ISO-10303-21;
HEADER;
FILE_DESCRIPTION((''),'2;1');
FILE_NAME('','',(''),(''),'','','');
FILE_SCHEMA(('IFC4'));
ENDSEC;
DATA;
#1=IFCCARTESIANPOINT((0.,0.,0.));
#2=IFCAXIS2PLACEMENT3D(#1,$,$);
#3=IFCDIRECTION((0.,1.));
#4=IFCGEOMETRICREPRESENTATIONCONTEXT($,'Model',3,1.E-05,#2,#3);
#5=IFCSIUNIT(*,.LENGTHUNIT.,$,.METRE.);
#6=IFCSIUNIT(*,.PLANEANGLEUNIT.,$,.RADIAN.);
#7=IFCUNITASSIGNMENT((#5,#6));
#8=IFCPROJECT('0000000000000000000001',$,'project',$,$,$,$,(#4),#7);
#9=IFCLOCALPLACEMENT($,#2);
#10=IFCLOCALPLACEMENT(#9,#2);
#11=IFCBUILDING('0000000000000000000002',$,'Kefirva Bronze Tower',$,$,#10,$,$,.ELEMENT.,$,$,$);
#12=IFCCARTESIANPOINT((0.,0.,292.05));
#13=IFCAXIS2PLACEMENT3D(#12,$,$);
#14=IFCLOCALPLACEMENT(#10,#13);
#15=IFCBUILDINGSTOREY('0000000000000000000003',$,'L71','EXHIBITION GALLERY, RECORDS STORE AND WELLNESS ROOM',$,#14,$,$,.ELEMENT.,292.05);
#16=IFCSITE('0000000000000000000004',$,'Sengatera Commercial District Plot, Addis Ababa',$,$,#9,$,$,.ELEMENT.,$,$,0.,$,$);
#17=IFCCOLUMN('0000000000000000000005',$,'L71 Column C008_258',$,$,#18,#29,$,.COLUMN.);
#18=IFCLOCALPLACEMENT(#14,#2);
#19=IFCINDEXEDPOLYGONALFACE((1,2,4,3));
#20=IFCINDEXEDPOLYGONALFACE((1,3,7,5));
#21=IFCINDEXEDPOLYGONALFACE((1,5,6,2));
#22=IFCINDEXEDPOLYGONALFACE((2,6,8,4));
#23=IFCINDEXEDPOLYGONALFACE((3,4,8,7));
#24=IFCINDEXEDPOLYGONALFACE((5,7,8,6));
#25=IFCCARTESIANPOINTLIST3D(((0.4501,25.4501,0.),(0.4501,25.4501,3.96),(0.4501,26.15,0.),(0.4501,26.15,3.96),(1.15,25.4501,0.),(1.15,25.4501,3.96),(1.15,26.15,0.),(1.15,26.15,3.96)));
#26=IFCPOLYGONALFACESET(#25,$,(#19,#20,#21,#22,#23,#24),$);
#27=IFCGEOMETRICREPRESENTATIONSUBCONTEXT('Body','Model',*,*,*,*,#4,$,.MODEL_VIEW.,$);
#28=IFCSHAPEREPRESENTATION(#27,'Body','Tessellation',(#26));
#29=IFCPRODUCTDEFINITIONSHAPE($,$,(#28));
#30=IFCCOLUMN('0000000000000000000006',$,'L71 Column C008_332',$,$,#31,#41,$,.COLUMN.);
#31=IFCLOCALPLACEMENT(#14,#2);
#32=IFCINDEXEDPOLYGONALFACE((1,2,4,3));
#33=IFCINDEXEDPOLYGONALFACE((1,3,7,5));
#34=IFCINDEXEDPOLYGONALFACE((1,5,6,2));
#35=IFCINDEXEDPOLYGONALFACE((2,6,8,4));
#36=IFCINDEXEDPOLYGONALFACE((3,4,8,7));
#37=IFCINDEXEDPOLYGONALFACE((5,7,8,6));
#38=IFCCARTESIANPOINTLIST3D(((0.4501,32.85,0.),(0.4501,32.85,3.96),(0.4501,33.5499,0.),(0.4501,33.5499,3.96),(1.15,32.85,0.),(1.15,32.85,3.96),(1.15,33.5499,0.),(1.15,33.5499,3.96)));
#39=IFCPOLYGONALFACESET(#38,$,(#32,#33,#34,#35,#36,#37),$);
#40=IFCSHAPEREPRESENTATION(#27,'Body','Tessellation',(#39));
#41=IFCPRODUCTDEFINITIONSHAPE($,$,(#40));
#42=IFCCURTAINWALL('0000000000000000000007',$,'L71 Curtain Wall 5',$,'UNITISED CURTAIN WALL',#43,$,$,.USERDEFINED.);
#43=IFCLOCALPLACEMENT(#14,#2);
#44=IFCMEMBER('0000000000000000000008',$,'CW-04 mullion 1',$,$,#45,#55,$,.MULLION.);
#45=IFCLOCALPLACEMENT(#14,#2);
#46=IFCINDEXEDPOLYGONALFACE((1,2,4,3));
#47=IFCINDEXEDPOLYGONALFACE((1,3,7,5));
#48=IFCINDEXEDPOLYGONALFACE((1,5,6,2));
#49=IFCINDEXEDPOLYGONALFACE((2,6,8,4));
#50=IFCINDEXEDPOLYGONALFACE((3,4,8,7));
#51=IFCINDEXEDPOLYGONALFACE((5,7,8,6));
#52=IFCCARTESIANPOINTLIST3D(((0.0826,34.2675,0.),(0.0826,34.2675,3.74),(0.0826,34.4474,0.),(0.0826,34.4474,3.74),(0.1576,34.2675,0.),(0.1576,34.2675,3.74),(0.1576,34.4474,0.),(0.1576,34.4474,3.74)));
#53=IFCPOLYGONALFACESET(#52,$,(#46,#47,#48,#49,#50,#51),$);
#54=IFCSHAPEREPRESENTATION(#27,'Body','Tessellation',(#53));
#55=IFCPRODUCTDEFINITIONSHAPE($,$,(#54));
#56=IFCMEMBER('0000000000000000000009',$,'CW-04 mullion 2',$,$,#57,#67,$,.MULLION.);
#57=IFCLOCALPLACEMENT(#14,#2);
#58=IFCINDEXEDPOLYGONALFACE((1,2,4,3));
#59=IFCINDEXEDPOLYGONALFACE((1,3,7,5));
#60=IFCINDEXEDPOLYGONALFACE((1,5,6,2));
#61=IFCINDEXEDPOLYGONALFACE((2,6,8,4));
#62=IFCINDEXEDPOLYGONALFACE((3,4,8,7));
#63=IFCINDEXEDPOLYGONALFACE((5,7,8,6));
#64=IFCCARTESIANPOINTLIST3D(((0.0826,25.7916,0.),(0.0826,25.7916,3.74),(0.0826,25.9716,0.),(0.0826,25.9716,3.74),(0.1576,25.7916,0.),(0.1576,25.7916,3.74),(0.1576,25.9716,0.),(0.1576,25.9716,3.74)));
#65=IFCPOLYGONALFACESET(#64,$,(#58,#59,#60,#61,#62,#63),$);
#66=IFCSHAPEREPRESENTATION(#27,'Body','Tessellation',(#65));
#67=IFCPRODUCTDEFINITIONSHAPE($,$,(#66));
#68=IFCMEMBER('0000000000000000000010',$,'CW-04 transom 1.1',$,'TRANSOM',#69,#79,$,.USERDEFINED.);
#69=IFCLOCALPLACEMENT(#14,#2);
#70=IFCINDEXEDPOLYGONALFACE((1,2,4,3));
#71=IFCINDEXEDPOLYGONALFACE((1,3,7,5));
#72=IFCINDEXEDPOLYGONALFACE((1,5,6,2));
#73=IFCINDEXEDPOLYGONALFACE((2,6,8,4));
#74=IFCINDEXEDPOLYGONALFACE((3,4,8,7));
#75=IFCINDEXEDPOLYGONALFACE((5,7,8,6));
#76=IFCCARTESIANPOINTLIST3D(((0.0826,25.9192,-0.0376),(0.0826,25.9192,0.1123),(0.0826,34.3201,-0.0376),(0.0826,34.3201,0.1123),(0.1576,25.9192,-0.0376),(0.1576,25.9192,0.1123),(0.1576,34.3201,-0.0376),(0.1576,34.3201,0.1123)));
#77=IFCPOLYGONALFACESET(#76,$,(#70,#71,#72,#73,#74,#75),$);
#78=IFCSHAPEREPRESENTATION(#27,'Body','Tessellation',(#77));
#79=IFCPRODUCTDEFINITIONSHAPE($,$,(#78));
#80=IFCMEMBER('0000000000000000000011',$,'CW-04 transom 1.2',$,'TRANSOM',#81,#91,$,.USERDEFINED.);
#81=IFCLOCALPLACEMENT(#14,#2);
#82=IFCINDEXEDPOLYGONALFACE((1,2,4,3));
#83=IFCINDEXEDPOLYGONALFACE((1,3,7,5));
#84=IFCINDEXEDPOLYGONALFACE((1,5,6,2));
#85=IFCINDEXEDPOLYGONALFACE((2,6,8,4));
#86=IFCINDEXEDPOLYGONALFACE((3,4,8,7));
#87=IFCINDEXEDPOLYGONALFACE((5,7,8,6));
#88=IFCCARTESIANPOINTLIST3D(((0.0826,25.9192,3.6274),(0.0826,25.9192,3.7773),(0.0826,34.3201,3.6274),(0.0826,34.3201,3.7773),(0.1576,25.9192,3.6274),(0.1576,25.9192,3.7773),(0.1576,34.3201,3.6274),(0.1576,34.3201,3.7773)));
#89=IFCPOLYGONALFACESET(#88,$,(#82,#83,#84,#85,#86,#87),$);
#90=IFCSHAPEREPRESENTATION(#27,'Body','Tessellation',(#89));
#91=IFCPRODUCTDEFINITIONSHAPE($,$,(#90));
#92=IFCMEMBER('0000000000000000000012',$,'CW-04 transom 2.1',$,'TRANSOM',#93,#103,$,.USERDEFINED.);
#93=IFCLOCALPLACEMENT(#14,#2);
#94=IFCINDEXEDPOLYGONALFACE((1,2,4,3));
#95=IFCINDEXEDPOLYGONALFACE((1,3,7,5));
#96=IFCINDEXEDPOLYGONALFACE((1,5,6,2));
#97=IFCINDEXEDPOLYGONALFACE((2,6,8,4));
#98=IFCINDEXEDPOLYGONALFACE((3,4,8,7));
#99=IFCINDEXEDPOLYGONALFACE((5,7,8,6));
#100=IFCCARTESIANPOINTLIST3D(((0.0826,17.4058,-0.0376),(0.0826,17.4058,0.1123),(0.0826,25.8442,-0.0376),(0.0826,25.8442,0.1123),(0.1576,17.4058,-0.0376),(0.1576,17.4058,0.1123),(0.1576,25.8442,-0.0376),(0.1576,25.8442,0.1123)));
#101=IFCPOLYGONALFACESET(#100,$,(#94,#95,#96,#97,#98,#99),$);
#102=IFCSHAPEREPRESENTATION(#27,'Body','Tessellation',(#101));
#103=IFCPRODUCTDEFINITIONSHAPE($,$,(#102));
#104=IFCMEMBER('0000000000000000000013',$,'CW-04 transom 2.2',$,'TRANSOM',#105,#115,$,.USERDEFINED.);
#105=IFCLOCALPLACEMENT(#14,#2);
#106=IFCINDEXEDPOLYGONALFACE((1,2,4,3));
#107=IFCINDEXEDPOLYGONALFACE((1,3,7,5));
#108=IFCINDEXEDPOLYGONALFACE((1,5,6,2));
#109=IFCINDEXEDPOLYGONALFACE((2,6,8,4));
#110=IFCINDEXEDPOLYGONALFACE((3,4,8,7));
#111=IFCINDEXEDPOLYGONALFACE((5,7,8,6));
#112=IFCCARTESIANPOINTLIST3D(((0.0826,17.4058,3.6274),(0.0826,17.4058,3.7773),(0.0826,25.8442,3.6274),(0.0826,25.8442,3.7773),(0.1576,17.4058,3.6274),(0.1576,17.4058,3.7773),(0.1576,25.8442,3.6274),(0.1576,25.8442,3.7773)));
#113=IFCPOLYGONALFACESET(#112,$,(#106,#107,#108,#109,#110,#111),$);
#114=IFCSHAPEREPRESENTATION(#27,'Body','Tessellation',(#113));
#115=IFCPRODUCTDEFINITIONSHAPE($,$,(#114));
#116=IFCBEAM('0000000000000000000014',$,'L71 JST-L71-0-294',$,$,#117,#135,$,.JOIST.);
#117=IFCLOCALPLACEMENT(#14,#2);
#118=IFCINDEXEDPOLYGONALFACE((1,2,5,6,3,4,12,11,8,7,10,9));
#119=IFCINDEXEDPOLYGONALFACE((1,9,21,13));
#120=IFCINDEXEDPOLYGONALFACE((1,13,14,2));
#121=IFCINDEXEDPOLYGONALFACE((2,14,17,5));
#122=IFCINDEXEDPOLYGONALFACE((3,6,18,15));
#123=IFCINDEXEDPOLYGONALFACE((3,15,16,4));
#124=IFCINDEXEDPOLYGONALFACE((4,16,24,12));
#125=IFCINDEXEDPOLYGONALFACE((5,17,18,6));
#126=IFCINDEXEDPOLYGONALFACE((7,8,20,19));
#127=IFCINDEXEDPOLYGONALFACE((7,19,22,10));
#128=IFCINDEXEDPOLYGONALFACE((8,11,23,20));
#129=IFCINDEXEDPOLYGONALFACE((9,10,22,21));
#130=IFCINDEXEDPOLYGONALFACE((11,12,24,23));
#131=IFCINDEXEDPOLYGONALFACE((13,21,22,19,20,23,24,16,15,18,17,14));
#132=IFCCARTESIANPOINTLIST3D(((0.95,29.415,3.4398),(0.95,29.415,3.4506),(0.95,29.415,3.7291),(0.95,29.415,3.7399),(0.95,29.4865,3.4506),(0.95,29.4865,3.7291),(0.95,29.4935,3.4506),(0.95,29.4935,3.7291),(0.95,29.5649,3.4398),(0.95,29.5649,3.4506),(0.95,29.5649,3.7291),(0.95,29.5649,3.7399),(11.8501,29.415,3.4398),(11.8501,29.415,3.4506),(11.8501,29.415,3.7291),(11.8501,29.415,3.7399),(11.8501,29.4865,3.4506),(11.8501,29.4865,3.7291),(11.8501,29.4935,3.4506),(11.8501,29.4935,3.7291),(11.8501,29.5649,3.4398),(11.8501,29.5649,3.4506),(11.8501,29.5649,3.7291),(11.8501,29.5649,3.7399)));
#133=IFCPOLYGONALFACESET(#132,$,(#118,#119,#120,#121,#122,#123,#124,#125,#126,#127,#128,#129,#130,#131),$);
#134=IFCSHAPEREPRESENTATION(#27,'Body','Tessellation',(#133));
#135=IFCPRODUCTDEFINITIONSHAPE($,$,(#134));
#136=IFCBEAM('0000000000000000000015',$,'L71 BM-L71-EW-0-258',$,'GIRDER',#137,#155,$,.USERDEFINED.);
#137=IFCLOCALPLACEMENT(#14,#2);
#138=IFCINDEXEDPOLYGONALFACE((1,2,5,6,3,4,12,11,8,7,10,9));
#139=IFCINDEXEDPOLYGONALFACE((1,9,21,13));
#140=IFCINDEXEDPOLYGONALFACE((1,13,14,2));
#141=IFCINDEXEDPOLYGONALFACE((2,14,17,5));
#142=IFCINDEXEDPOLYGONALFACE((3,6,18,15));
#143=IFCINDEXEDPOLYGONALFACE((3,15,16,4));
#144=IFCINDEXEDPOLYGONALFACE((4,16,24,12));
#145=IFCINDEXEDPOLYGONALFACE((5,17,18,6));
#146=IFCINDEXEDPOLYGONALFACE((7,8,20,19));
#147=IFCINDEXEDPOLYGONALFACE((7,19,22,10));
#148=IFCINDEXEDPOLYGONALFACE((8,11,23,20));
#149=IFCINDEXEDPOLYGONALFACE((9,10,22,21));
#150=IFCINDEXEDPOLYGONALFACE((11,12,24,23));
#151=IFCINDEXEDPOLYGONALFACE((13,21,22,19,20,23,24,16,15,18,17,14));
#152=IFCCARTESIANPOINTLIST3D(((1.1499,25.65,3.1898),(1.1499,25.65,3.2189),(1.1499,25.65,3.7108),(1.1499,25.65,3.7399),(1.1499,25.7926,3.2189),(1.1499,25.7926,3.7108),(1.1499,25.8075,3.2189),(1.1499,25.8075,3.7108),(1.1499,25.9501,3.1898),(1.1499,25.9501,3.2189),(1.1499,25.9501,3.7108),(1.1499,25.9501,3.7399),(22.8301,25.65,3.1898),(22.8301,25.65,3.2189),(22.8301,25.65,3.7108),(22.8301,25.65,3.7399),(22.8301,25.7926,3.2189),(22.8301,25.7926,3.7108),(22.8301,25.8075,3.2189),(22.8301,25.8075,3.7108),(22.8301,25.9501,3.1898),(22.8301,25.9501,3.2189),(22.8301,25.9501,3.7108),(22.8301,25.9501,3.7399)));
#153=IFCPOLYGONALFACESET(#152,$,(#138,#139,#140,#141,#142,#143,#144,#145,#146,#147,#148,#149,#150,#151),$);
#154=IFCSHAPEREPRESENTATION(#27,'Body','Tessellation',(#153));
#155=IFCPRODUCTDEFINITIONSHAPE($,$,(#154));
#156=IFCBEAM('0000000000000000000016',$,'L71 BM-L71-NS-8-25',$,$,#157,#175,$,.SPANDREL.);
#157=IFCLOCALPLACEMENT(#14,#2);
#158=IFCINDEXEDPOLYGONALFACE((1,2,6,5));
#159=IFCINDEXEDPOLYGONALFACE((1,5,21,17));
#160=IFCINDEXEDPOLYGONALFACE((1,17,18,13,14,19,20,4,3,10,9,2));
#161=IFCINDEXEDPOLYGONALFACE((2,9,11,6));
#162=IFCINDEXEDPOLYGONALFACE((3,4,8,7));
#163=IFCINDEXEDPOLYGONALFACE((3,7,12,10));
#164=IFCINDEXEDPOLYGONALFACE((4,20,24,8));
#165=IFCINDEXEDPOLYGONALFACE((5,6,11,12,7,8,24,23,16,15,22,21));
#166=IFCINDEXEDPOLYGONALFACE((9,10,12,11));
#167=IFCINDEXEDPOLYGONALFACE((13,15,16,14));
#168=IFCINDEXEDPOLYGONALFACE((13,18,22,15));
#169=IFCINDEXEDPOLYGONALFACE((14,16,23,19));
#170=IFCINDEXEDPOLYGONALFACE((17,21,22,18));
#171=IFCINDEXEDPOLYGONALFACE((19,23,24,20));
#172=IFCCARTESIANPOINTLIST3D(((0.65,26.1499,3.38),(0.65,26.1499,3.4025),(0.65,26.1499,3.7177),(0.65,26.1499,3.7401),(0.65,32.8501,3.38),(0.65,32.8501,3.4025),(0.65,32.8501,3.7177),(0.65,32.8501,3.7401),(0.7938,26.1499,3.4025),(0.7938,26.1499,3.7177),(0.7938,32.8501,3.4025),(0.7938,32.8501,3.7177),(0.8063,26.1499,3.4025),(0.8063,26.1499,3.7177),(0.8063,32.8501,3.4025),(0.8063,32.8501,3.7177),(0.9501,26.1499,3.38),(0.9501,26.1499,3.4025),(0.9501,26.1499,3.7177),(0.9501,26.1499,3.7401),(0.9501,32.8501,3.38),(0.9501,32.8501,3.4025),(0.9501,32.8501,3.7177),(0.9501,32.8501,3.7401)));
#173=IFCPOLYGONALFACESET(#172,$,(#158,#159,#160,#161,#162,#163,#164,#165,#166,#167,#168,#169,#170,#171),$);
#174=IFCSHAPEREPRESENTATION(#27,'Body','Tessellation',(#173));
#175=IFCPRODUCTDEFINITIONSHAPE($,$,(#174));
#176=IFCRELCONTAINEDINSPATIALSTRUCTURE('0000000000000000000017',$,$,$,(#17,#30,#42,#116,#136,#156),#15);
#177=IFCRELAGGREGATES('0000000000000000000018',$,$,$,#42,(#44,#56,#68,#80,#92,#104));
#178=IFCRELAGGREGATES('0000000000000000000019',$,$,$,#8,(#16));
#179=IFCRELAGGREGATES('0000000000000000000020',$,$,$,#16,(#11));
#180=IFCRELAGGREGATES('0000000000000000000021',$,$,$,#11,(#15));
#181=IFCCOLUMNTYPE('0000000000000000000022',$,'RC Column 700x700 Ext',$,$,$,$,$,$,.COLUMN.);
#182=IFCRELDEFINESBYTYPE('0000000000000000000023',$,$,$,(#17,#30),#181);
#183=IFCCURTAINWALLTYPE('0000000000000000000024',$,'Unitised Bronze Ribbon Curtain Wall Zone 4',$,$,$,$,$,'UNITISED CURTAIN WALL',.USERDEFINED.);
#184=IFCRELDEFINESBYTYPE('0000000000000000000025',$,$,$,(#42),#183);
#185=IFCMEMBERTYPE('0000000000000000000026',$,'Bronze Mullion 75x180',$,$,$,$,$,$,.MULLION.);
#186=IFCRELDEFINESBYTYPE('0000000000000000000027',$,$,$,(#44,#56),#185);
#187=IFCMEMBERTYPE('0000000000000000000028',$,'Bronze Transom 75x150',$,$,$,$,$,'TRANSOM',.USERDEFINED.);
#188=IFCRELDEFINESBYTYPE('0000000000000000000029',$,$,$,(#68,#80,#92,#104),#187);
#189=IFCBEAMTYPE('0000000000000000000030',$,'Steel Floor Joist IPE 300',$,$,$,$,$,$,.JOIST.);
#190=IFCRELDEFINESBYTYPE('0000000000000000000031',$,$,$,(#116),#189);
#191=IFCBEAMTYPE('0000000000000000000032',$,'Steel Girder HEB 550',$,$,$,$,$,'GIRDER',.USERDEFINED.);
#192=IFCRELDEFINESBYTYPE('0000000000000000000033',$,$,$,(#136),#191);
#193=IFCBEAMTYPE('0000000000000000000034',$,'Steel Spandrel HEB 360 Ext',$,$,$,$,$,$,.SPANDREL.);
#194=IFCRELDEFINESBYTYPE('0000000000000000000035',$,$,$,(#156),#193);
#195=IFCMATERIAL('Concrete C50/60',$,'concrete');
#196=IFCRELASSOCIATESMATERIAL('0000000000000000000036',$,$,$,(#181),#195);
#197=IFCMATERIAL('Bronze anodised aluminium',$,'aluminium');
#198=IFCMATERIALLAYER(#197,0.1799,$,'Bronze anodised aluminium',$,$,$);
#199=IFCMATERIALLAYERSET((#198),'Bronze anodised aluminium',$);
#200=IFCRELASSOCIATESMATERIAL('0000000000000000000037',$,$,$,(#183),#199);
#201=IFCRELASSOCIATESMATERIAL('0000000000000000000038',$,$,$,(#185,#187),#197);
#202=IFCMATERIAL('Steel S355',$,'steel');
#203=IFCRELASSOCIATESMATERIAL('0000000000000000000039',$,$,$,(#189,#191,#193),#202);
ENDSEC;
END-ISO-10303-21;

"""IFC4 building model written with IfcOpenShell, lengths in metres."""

from ifc_helpers import new_model, si_unit, direction, frame, origin, origin_2d, place, context, subcontext, project, spatial, rectangle, i_section, extrude, material, layer, layer_set, material_profile, profile_set, type_object, element, aggregate, save


model = new_model("IFC4")

# Units and contexts
model_context = context("Model", 3, precision=1e-05, world=origin(), true_north=direction((0.0, 1.0)))
body_context = subcontext(model_context, "Body", "Model", "MODEL_VIEW")
ifc_project = project(units=[si_unit("LENGTHUNIT", "METRE"), si_unit("PLANEANGLEUNIT", "RADIAN")], contexts=[model_context])

# Site, building, storey
site_placement = place(None, origin())
site = spatial("IfcSite", under=ifc_project, at=site_placement, Name="Sengatera Commercial District Plot, Addis Ababa", CompositionType="ELEMENT", RefElevation=0.0)
building_placement = place(site_placement, origin())
building = spatial("IfcBuilding", under=site, at=building_placement, Name="Kefirva Bronze Tower", CompositionType="ELEMENT")
storey_placement = place(building_placement, frame((0.0, 0.0, 292.05)))
storey = spatial("IfcBuildingStorey", under=building, at=storey_placement, Name="L71", Description="EXHIBITION GALLERY, RECORDS STORE AND WELLNESS ROOM", CompositionType="ELEMENT", Elevation=292.05)

# Columns
ifc_material_1 = material(Name="Concrete C50/60", Category="concrete")
ifc_material_profile_1 = material_profile(ifc_material_1, rectangle(XDim=0.7, YDim=0.7, at=origin_2d()), Name="RC 700x700")
ifc_profile_set_1 = profile_set([ifc_material_profile_1], Name="Concrete C50/60")
column_type = type_object("IfcColumnType", Name="RC Column 700x700 Ext", PredefinedType="COLUMN", material=ifc_profile_set_1)
for number, where, z_axis, x_axis, name in (
    (1, (0.8, 25.8, 0.0), (0.0, 0.0, 1.0), (1.0, 0.0, 0.0), "L71 Column C008_258"),
    (2, (0.8, 33.2, 0.0), (0.0, 0.0, 1.0), (1.0, 0.0, 0.0), "L71 Column C008_332"),
):
    element("IfcColumn", number, at=place(storey_placement, frame(where, z_axis=z_axis, x_axis=x_axis)), inside=storey, type_object=column_type, Name=name, PredefinedType="COLUMN", context=body_context, shape_type="SweptSolid", body=[
        extrude(rectangle(XDim=0.7, YDim=0.7, at=origin_2d()), origin(), (0.0, 0.0, 1.0), 3.96),
    ])

# Curtain wall, members
ifc_material_2 = material(Name="Bronze anodised aluminium", Category="aluminium")
ifc_layer_1 = layer(ifc_material_2, 0.1799, Name="Bronze anodised aluminium")
ifc_layer_set_1 = layer_set([ifc_layer_1], Name="Bronze anodised aluminium")
curtain_wall_type = type_object("IfcCurtainWallType", Name="Unitised Bronze Ribbon Curtain Wall Zone 4", ElementType="UNITISED CURTAIN WALL", PredefinedType="USERDEFINED", material=ifc_layer_set_1)
curtain_wall_placement = place(storey_placement, origin())
curtain_wall = element("IfcCurtainWall", 3, at=curtain_wall_placement, inside=storey, type_object=curtain_wall_type, Name="L71 Curtain Wall 5", ObjectType="UNITISED CURTAIN WALL", PredefinedType="USERDEFINED")
ifc_material_profile_2 = material_profile(ifc_material_2, rectangle(XDim=0.075, YDim=0.1799, at=origin_2d()), Name="ALU 75x180")
ifc_profile_set_2 = profile_set([ifc_material_profile_2], Name="Bronze anodised aluminium")
member_type_1 = type_object("IfcMemberType", Name="Bronze Mullion 75x180", PredefinedType="MULLION", material=ifc_profile_set_2)
member_1_placement = place(storey_placement, frame((0.1201, 34.3574, 0.0), z_axis=(0.0, 0.0, 1.0), x_axis=(1.0, 0.0, 0.0)))
member_1 = element("IfcMember", 4, at=member_1_placement, type_object=member_type_1, Name="CW-04 mullion 1", PredefinedType="MULLION", context=body_context, shape_type="SweptSolid", body=[
    extrude(rectangle(XDim=0.075, YDim=0.1799, at=origin_2d()), origin(), (0.0, 0.0, 1.0), 3.74),
])
member_2_placement = place(storey_placement, frame((0.1201, 25.8816, 0.0), z_axis=(0.0, 0.0, 1.0), x_axis=(1.0, 0.0, 0.0)))
member_2 = element("IfcMember", 5, at=member_2_placement, type_object=member_type_1, Name="CW-04 mullion 2", PredefinedType="MULLION", context=body_context, shape_type="SweptSolid", body=[
    extrude(rectangle(XDim=0.075, YDim=0.1799, at=origin_2d()), origin(), (0.0, 0.0, 1.0), 3.74),
])
ifc_material_profile_3 = material_profile(ifc_material_2, rectangle(XDim=0.075, YDim=0.1499, at=origin_2d()), Name="ALU 75x150")
ifc_profile_set_3 = profile_set([ifc_material_profile_3], Name="Bronze anodised aluminium")
member_type_2 = type_object("IfcMemberType", Name="Bronze Transom 75x150", ElementType="TRANSOM", PredefinedType="USERDEFINED", material=ifc_profile_set_3)
member_3_placement = place(storey_placement, frame((0.1201, 34.3201, 0.0374), z_axis=(0.0, -1.0, 0.0), x_axis=(1.0, 0.0, 0.0)))
member_3 = element("IfcMember", 6, at=member_3_placement, type_object=member_type_2, Name="CW-04 transom 1.1", ObjectType="TRANSOM", PredefinedType="USERDEFINED", context=body_context, shape_type="SweptSolid", body=[
    extrude(rectangle(XDim=0.075, YDim=0.1499, at=origin_2d()), origin(), (0.0, 0.0, 1.0), 8.4009),
])
member_4_placement = place(storey_placement, frame((0.1201, 34.3201, 3.7024), z_axis=(0.0, -1.0, 0.0), x_axis=(1.0, 0.0, 0.0)))
member_4 = element("IfcMember", 7, at=member_4_placement, type_object=member_type_2, Name="CW-04 transom 1.2", ObjectType="TRANSOM", PredefinedType="USERDEFINED", context=body_context, shape_type="SweptSolid", body=[
    extrude(rectangle(XDim=0.075, YDim=0.1499, at=origin_2d()), origin(), (0.0, 0.0, 1.0), 8.4009),
])
member_5_placement = place(storey_placement, frame((0.1201, 25.8442, 0.0374), z_axis=(0.0, -1.0, 0.0), x_axis=(1.0, 0.0, 0.0)))
member_5 = element("IfcMember", 8, at=member_5_placement, type_object=member_type_2, Name="CW-04 transom 2.1", ObjectType="TRANSOM", PredefinedType="USERDEFINED", context=body_context, shape_type="SweptSolid", body=[
    extrude(rectangle(XDim=0.075, YDim=0.1499, at=origin_2d()), origin(), (0.0, 0.0, 1.0), 8.4385),
])
member_6_placement = place(storey_placement, frame((0.1201, 25.8442, 3.7024), z_axis=(0.0, -1.0, 0.0), x_axis=(1.0, 0.0, 0.0)))
member_6 = element("IfcMember", 9, at=member_6_placement, type_object=member_type_2, Name="CW-04 transom 2.2", ObjectType="TRANSOM", PredefinedType="USERDEFINED", context=body_context, shape_type="SweptSolid", body=[
    extrude(rectangle(XDim=0.075, YDim=0.1499, at=origin_2d()), origin(), (0.0, 0.0, 1.0), 8.4385),
])

# Beams
ifc_material_3 = material(Name="Steel S355", Category="steel")
ifc_material_profile_4 = material_profile(ifc_material_3, i_section(OverallWidth=0.1499, OverallDepth=0.3, WebThickness=0.0071, FlangeThickness=0.0107, at=origin_2d()), Name="IPE 300")
ifc_profile_set_4 = profile_set([ifc_material_profile_4], Name="Steel S355")
beam_type_1 = type_object("IfcBeamType", Name="Steel Floor Joist IPE 300", PredefinedType="JOIST", material=ifc_profile_set_4)
beam_1_placement = place(storey_placement, frame((0.95, 29.49, 3.5898), z_axis=(1.0, 0.0, 0.0), x_axis=(0.0, 1.0, 0.0)))
element("IfcBeam", 10, at=beam_1_placement, inside=storey, type_object=beam_type_1, Name="L71 JST-L71-0-294", PredefinedType="JOIST", context=body_context, shape_type="SweptSolid", body=[
    extrude(i_section(OverallWidth=0.1499, OverallDepth=0.3, WebThickness=0.0071, FlangeThickness=0.0107, at=origin_2d()), origin(), (0.0, 0.0, 1.0), 10.9001),
])
ifc_material_profile_5 = material_profile(ifc_material_3, i_section(OverallWidth=0.3, OverallDepth=0.55, WebThickness=0.0149, FlangeThickness=0.0291, at=origin_2d()), Name="HEB 550")
ifc_profile_set_5 = profile_set([ifc_material_profile_5], Name="Steel S355")
beam_type_2 = type_object("IfcBeamType", Name="Steel Girder HEB 550", ElementType="GIRDER", PredefinedType="USERDEFINED", material=ifc_profile_set_5)
beam_2_placement = place(storey_placement, frame((1.1499, 25.8, 3.4648), z_axis=(1.0, 0.0, 0.0), x_axis=(0.0, 1.0, 0.0)))
element("IfcBeam", 11, at=beam_2_placement, inside=storey, type_object=beam_type_2, Name="L71 BM-L71-EW-0-258", ObjectType="GIRDER", PredefinedType="USERDEFINED", context=body_context, shape_type="SweptSolid", body=[
    extrude(i_section(OverallWidth=0.3, OverallDepth=0.55, WebThickness=0.0149, FlangeThickness=0.0291, at=origin_2d()), origin(), (0.0, 0.0, 1.0), 21.6802),
])
ifc_material_profile_6 = material_profile(ifc_material_3, i_section(OverallWidth=0.3, OverallDepth=0.3601, WebThickness=0.0125, FlangeThickness=0.0225, at=origin_2d()), Name="HEB 360")
ifc_profile_set_6 = profile_set([ifc_material_profile_6], Name="Steel S355")
beam_type_3 = type_object("IfcBeamType", Name="Steel Spandrel HEB 360 Ext", PredefinedType="SPANDREL", material=ifc_profile_set_6)
beam_3_placement = place(storey_placement, frame((0.8, 26.1499, 3.5601), z_axis=(0.0, 1.0, 0.0), x_axis=(-1.0, 0.0, 0.0)))
element("IfcBeam", 12, at=beam_3_placement, inside=storey, type_object=beam_type_3, Name="L71 BM-L71-NS-8-25", PredefinedType="SPANDREL", context=body_context, shape_type="SweptSolid", body=[
    extrude(i_section(OverallWidth=0.3, OverallDepth=0.3601, WebThickness=0.0125, FlangeThickness=0.0225, at=origin_2d()), origin(), (0.0, 0.0, 1.0), 6.7002),
])

aggregate(curtain_wall, [member_1, member_2, member_3, member_4, member_5, member_6])

save(model, "model.ifc")
